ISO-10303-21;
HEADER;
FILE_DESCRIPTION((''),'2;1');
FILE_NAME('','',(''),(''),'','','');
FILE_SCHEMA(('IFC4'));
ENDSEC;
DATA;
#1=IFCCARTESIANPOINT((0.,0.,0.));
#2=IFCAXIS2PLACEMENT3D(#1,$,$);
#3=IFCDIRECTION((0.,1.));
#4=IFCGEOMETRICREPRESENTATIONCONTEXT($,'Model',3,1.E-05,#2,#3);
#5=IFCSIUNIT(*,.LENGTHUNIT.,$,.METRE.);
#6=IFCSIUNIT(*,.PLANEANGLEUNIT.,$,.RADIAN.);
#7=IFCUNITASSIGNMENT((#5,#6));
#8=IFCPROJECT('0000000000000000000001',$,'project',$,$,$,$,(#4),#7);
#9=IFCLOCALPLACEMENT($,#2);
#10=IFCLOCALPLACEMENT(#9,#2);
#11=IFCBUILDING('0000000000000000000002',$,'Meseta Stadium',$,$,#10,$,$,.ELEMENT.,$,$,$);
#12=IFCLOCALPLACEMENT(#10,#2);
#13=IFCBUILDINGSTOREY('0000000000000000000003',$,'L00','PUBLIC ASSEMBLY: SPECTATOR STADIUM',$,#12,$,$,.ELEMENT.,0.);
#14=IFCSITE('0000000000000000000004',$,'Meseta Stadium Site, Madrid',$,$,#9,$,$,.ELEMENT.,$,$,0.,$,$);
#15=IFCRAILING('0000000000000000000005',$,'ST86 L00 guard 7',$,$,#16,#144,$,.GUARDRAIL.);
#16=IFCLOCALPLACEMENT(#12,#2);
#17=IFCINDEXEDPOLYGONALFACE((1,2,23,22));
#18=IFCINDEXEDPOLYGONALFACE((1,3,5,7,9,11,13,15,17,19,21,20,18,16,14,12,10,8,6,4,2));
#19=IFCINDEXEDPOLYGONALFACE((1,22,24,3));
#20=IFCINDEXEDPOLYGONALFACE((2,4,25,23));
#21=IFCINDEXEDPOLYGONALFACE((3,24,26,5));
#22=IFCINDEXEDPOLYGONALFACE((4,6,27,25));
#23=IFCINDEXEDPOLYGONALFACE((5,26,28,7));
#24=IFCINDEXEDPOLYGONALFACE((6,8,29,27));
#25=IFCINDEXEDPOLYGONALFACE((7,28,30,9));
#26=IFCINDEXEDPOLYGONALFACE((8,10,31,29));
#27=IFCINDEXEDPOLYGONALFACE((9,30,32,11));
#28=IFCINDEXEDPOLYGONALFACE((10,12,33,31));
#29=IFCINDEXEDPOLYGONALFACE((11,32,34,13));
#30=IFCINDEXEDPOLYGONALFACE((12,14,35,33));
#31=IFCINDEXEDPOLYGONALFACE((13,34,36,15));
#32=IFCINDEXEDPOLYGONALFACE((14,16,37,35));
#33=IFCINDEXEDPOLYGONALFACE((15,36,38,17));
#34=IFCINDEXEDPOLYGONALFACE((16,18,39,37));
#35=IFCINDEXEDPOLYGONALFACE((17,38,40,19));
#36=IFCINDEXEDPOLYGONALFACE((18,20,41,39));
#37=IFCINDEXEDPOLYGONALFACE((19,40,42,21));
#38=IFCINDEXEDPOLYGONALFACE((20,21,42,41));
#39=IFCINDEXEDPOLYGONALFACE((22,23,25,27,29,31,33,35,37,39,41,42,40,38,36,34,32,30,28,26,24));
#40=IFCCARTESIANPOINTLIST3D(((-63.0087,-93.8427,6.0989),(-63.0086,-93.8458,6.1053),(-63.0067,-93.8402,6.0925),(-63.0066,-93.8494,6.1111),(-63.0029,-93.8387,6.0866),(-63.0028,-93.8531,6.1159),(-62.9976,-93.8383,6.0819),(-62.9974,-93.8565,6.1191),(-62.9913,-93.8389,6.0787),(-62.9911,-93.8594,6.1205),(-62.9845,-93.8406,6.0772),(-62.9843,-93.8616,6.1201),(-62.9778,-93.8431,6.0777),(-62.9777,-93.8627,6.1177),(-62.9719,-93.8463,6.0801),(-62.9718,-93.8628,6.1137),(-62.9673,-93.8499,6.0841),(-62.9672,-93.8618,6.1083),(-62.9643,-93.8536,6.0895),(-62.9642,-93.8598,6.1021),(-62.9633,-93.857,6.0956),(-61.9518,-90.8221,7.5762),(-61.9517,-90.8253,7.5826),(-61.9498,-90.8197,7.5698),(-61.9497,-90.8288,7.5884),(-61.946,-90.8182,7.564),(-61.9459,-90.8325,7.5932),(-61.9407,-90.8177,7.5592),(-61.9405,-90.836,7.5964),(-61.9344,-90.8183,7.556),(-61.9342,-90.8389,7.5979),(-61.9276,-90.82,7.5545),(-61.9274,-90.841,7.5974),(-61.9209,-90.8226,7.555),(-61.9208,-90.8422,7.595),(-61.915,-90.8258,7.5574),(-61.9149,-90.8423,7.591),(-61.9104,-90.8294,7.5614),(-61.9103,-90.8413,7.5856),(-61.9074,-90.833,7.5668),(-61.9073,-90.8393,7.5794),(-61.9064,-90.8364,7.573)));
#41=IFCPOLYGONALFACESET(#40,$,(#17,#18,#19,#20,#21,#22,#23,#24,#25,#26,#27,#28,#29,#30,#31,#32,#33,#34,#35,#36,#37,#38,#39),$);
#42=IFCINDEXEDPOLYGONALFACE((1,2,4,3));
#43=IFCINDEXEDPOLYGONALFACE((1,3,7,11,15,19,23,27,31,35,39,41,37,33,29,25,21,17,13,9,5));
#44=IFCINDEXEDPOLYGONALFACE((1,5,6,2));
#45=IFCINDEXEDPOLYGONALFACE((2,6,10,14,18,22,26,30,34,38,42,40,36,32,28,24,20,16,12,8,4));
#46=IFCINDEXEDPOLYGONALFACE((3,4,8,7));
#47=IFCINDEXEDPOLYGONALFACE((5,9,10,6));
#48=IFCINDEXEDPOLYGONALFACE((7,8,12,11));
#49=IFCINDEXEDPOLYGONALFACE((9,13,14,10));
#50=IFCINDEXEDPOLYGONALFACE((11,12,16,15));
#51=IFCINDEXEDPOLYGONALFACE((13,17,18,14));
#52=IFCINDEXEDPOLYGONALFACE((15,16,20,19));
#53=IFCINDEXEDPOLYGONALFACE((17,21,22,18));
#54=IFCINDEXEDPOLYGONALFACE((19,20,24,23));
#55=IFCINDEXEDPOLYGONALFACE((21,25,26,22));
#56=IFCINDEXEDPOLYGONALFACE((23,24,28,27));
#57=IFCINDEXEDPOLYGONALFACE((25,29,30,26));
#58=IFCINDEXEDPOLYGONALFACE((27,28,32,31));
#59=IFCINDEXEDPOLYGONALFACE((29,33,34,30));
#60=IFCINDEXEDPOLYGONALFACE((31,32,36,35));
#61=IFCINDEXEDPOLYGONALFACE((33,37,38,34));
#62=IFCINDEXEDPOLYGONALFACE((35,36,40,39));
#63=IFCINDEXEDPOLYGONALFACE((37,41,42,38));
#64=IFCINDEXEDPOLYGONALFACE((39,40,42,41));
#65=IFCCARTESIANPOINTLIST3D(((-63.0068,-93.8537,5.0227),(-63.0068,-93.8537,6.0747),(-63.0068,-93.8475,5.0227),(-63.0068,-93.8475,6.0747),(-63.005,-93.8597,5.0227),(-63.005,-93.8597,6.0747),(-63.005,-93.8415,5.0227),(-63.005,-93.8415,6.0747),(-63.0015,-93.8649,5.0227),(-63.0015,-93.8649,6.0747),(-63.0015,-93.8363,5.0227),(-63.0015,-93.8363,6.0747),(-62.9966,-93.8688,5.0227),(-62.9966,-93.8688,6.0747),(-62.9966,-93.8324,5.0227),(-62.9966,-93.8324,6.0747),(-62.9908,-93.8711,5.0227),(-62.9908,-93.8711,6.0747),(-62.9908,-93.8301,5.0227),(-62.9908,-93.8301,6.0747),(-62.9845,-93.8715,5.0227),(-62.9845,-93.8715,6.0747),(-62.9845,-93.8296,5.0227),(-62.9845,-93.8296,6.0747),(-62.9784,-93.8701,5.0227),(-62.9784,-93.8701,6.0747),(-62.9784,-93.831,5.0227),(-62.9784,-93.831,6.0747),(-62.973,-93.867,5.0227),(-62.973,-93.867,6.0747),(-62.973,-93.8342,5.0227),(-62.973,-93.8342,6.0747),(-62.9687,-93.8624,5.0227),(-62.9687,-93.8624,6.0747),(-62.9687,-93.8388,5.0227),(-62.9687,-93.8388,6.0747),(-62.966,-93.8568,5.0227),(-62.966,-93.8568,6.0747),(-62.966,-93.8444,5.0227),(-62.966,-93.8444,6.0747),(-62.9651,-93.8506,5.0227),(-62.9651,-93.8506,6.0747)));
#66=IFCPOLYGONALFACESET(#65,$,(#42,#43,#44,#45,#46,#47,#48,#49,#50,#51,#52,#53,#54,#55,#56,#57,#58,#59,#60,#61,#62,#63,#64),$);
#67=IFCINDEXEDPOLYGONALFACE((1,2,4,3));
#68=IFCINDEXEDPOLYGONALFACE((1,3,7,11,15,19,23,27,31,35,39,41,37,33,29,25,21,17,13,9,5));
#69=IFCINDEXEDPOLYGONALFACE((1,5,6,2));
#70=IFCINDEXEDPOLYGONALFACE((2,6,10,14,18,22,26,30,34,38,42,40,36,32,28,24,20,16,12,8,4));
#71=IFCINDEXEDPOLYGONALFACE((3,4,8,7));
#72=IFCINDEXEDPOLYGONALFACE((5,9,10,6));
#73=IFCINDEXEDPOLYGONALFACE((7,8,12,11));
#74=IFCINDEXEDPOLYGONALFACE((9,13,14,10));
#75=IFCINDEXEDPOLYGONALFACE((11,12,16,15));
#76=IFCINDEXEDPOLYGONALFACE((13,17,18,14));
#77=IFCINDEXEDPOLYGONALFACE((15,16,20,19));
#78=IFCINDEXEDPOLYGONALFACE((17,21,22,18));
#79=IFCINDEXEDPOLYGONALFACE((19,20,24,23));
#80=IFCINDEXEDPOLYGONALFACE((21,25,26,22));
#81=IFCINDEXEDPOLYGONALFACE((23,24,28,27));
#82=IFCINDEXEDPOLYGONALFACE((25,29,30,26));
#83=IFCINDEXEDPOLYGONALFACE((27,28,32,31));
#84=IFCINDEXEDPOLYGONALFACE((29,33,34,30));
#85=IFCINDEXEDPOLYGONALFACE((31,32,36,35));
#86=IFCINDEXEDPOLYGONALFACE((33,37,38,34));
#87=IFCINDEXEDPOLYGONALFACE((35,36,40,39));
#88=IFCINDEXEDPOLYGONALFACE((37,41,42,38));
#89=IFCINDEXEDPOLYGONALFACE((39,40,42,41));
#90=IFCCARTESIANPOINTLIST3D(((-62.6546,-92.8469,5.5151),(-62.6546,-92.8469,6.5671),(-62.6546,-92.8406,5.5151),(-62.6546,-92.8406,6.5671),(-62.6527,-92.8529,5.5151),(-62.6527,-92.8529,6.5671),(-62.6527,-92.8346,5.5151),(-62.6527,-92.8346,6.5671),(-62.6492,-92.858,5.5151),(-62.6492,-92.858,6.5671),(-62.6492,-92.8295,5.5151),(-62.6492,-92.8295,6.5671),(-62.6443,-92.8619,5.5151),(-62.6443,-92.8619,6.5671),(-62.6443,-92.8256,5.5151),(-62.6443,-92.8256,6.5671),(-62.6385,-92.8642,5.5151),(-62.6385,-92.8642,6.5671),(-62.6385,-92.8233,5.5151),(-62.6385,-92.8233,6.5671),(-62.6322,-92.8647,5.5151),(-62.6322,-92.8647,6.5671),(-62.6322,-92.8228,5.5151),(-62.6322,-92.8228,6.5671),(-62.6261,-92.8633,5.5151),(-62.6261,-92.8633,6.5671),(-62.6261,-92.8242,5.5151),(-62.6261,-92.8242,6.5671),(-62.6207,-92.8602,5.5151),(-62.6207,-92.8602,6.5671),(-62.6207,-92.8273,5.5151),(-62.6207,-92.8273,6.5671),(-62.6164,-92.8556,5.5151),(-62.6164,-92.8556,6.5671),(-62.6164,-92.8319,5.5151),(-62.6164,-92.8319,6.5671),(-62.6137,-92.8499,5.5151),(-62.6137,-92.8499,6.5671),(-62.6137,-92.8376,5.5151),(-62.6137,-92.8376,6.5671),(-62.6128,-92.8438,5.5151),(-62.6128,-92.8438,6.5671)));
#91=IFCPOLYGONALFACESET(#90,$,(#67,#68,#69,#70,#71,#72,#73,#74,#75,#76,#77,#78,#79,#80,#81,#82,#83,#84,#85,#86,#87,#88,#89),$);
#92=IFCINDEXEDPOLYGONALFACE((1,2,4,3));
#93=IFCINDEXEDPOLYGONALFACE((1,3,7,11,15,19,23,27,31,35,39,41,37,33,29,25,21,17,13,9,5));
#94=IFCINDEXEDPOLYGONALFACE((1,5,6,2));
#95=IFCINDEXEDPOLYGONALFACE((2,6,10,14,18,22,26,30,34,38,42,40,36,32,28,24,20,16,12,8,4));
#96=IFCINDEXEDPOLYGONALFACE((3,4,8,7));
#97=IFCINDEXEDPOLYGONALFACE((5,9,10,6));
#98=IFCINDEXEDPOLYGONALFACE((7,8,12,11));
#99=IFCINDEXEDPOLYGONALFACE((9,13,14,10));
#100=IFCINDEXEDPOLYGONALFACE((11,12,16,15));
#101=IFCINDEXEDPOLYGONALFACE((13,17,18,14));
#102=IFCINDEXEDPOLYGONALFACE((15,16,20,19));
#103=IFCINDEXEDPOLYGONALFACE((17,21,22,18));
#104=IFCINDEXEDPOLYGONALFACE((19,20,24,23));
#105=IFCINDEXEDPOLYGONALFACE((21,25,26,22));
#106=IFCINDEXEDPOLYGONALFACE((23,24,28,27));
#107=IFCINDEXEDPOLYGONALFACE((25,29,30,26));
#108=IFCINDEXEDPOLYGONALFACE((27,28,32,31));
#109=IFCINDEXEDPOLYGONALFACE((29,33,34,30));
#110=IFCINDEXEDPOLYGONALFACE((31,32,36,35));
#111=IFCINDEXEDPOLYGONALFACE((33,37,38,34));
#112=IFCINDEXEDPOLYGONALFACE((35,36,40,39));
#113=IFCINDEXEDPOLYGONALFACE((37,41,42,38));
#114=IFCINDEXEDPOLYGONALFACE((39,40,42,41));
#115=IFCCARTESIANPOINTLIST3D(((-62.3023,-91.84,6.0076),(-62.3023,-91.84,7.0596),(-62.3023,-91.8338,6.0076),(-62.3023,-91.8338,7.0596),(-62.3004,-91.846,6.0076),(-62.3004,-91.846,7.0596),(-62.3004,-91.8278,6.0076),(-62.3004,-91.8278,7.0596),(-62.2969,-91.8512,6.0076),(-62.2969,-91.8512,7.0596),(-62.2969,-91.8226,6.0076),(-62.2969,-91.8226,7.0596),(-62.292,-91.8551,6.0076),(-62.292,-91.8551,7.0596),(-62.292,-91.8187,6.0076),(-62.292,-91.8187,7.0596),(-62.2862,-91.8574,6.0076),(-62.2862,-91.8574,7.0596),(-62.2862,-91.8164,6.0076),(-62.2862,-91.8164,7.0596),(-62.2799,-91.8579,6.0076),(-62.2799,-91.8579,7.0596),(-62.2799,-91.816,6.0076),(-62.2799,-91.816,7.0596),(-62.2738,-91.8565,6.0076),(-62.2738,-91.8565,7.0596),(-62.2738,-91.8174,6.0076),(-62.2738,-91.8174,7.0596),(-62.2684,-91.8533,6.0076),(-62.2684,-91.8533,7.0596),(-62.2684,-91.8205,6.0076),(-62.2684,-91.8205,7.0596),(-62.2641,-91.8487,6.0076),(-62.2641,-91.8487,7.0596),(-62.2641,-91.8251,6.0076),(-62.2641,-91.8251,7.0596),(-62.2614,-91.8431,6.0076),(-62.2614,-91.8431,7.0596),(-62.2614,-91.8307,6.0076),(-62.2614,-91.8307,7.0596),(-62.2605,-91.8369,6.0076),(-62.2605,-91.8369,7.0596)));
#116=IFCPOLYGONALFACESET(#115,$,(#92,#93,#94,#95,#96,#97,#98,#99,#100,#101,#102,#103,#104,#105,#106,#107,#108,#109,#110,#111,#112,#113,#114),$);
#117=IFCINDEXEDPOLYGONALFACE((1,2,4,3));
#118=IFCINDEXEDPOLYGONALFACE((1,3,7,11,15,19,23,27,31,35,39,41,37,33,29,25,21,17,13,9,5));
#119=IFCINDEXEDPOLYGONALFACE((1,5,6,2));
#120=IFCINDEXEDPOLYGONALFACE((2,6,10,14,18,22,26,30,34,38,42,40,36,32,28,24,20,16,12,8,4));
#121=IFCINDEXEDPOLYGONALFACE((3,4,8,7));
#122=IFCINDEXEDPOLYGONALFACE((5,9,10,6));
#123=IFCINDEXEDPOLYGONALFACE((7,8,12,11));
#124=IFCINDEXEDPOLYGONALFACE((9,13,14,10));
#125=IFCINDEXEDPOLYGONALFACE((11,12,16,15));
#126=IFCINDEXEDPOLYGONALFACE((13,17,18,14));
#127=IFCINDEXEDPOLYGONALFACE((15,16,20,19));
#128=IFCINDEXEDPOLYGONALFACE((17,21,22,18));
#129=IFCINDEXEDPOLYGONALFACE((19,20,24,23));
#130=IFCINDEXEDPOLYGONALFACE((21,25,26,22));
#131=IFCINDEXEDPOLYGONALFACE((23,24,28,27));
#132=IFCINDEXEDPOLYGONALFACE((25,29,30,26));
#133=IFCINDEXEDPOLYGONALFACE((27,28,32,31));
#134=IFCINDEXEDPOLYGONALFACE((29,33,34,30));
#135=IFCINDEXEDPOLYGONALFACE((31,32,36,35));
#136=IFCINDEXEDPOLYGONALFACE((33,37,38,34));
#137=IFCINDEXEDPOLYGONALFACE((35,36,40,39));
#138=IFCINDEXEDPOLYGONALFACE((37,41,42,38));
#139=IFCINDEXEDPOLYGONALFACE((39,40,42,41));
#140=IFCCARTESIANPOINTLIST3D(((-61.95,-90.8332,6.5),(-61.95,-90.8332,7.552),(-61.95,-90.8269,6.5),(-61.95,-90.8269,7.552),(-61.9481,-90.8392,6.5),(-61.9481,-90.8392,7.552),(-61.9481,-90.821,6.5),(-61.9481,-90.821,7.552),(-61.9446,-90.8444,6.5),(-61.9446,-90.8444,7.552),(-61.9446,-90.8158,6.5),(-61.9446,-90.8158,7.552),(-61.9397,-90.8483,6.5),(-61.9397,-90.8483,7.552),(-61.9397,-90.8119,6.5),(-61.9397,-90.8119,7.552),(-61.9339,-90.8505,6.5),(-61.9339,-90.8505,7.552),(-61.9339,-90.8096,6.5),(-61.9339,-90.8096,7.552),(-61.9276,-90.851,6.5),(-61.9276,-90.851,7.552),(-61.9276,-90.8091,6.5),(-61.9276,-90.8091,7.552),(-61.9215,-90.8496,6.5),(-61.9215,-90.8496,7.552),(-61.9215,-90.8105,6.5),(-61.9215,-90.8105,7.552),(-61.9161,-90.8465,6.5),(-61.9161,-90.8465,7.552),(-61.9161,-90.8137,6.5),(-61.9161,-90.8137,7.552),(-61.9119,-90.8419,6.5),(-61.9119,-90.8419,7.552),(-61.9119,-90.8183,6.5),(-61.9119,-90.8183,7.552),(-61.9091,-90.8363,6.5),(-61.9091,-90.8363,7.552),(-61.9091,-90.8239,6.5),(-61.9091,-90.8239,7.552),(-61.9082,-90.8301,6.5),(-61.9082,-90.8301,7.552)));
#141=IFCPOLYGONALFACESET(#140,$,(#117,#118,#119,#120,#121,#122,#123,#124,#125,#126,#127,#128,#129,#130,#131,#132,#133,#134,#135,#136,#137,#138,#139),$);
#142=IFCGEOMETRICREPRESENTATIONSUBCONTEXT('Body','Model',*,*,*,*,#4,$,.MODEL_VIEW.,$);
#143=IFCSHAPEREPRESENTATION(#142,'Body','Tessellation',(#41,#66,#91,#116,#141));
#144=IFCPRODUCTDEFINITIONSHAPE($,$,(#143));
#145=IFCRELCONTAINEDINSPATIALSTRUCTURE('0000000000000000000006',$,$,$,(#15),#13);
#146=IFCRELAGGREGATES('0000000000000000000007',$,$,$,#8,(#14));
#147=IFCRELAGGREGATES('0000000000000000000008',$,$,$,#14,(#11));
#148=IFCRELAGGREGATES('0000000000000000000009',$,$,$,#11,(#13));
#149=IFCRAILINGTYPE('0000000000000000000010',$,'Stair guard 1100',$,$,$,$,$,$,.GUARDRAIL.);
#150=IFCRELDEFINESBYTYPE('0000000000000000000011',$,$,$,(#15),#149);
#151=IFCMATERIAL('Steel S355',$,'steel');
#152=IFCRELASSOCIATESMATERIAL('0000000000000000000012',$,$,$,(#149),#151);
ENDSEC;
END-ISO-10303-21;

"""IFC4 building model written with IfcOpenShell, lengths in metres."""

from ifc_helpers import new_model, si_unit, direction, frame, origin, origin_2d, place, context, subcontext, project, spatial, circle, extrude, material, type_object, element, save


model = new_model("IFC4")

# Units and contexts
model_context = context("Model", 3, precision=1e-05, world=origin(), true_north=direction((0.0, 1.0)))
body_context = subcontext(model_context, "Body", "Model", "MODEL_VIEW")
ifc_project = project(units=[si_unit("LENGTHUNIT", "METRE"), si_unit("PLANEANGLEUNIT", "RADIAN")], contexts=[model_context])

# Site, building, storey
site_placement = place(None, origin())
site = spatial("IfcSite", under=ifc_project, at=site_placement, Name="Meseta Stadium Site, Madrid", CompositionType="ELEMENT", RefElevation=0.0)
building_placement = place(site_placement, origin())
building = spatial("IfcBuilding", under=site, at=building_placement, Name="Meseta Stadium", CompositionType="ELEMENT")
storey_placement = place(building_placement, origin())
storey = spatial("IfcBuildingStorey", under=building, at=storey_placement, Name="L00", Description="PUBLIC ASSEMBLY: SPECTATOR STADIUM", CompositionType="ELEMENT", Elevation=0.0)

# Railing
ifc_material_1 = material(Name="Steel S355", Category="steel")
railing_type_1 = type_object("IfcRailingType", Name="Stair guard 1100", PredefinedType="GUARDRAIL", material=ifc_material_1)
railing_1_placement = place(storey_placement, frame((-62.9861, -93.8506, 5.0227)))
element("IfcRailing", 1, at=railing_1_placement, inside=storey, type_object=railing_type_1, Name="ST86 L00 guard 7", PredefinedType="GUARDRAIL", context=body_context, shape_type="SweptSolid", body=[
    extrude(circle(Radius=0.0239, at=origin_2d()), frame((0.0, 0.0, 1.0762), z_axis=(0.299859, 0.856977, 0.419137), x_axis=(-0.943887, 0.330269, 0.0)), (0.0, 0.0, 1.0), 3.5247),
    extrude(circle(Radius=0.021, at=origin_2d()), origin(), (0.0, 0.0, 1.0), 1.052),
    extrude(circle(Radius=0.021, at=origin_2d()), frame((0.3523, 1.0068, 0.4924)), (0.0, 0.0, 1.0), 1.052),
    extrude(circle(Radius=0.021, at=origin_2d()), frame((0.7046, 2.0137, 0.9849)), (0.0, 0.0, 1.0), 1.052),
    extrude(circle(Radius=0.021, at=origin_2d()), frame((1.0569, 3.0205, 1.4773)), (0.0, 0.0, 1.0), 1.052),
])

save(model, "model.ifc")
